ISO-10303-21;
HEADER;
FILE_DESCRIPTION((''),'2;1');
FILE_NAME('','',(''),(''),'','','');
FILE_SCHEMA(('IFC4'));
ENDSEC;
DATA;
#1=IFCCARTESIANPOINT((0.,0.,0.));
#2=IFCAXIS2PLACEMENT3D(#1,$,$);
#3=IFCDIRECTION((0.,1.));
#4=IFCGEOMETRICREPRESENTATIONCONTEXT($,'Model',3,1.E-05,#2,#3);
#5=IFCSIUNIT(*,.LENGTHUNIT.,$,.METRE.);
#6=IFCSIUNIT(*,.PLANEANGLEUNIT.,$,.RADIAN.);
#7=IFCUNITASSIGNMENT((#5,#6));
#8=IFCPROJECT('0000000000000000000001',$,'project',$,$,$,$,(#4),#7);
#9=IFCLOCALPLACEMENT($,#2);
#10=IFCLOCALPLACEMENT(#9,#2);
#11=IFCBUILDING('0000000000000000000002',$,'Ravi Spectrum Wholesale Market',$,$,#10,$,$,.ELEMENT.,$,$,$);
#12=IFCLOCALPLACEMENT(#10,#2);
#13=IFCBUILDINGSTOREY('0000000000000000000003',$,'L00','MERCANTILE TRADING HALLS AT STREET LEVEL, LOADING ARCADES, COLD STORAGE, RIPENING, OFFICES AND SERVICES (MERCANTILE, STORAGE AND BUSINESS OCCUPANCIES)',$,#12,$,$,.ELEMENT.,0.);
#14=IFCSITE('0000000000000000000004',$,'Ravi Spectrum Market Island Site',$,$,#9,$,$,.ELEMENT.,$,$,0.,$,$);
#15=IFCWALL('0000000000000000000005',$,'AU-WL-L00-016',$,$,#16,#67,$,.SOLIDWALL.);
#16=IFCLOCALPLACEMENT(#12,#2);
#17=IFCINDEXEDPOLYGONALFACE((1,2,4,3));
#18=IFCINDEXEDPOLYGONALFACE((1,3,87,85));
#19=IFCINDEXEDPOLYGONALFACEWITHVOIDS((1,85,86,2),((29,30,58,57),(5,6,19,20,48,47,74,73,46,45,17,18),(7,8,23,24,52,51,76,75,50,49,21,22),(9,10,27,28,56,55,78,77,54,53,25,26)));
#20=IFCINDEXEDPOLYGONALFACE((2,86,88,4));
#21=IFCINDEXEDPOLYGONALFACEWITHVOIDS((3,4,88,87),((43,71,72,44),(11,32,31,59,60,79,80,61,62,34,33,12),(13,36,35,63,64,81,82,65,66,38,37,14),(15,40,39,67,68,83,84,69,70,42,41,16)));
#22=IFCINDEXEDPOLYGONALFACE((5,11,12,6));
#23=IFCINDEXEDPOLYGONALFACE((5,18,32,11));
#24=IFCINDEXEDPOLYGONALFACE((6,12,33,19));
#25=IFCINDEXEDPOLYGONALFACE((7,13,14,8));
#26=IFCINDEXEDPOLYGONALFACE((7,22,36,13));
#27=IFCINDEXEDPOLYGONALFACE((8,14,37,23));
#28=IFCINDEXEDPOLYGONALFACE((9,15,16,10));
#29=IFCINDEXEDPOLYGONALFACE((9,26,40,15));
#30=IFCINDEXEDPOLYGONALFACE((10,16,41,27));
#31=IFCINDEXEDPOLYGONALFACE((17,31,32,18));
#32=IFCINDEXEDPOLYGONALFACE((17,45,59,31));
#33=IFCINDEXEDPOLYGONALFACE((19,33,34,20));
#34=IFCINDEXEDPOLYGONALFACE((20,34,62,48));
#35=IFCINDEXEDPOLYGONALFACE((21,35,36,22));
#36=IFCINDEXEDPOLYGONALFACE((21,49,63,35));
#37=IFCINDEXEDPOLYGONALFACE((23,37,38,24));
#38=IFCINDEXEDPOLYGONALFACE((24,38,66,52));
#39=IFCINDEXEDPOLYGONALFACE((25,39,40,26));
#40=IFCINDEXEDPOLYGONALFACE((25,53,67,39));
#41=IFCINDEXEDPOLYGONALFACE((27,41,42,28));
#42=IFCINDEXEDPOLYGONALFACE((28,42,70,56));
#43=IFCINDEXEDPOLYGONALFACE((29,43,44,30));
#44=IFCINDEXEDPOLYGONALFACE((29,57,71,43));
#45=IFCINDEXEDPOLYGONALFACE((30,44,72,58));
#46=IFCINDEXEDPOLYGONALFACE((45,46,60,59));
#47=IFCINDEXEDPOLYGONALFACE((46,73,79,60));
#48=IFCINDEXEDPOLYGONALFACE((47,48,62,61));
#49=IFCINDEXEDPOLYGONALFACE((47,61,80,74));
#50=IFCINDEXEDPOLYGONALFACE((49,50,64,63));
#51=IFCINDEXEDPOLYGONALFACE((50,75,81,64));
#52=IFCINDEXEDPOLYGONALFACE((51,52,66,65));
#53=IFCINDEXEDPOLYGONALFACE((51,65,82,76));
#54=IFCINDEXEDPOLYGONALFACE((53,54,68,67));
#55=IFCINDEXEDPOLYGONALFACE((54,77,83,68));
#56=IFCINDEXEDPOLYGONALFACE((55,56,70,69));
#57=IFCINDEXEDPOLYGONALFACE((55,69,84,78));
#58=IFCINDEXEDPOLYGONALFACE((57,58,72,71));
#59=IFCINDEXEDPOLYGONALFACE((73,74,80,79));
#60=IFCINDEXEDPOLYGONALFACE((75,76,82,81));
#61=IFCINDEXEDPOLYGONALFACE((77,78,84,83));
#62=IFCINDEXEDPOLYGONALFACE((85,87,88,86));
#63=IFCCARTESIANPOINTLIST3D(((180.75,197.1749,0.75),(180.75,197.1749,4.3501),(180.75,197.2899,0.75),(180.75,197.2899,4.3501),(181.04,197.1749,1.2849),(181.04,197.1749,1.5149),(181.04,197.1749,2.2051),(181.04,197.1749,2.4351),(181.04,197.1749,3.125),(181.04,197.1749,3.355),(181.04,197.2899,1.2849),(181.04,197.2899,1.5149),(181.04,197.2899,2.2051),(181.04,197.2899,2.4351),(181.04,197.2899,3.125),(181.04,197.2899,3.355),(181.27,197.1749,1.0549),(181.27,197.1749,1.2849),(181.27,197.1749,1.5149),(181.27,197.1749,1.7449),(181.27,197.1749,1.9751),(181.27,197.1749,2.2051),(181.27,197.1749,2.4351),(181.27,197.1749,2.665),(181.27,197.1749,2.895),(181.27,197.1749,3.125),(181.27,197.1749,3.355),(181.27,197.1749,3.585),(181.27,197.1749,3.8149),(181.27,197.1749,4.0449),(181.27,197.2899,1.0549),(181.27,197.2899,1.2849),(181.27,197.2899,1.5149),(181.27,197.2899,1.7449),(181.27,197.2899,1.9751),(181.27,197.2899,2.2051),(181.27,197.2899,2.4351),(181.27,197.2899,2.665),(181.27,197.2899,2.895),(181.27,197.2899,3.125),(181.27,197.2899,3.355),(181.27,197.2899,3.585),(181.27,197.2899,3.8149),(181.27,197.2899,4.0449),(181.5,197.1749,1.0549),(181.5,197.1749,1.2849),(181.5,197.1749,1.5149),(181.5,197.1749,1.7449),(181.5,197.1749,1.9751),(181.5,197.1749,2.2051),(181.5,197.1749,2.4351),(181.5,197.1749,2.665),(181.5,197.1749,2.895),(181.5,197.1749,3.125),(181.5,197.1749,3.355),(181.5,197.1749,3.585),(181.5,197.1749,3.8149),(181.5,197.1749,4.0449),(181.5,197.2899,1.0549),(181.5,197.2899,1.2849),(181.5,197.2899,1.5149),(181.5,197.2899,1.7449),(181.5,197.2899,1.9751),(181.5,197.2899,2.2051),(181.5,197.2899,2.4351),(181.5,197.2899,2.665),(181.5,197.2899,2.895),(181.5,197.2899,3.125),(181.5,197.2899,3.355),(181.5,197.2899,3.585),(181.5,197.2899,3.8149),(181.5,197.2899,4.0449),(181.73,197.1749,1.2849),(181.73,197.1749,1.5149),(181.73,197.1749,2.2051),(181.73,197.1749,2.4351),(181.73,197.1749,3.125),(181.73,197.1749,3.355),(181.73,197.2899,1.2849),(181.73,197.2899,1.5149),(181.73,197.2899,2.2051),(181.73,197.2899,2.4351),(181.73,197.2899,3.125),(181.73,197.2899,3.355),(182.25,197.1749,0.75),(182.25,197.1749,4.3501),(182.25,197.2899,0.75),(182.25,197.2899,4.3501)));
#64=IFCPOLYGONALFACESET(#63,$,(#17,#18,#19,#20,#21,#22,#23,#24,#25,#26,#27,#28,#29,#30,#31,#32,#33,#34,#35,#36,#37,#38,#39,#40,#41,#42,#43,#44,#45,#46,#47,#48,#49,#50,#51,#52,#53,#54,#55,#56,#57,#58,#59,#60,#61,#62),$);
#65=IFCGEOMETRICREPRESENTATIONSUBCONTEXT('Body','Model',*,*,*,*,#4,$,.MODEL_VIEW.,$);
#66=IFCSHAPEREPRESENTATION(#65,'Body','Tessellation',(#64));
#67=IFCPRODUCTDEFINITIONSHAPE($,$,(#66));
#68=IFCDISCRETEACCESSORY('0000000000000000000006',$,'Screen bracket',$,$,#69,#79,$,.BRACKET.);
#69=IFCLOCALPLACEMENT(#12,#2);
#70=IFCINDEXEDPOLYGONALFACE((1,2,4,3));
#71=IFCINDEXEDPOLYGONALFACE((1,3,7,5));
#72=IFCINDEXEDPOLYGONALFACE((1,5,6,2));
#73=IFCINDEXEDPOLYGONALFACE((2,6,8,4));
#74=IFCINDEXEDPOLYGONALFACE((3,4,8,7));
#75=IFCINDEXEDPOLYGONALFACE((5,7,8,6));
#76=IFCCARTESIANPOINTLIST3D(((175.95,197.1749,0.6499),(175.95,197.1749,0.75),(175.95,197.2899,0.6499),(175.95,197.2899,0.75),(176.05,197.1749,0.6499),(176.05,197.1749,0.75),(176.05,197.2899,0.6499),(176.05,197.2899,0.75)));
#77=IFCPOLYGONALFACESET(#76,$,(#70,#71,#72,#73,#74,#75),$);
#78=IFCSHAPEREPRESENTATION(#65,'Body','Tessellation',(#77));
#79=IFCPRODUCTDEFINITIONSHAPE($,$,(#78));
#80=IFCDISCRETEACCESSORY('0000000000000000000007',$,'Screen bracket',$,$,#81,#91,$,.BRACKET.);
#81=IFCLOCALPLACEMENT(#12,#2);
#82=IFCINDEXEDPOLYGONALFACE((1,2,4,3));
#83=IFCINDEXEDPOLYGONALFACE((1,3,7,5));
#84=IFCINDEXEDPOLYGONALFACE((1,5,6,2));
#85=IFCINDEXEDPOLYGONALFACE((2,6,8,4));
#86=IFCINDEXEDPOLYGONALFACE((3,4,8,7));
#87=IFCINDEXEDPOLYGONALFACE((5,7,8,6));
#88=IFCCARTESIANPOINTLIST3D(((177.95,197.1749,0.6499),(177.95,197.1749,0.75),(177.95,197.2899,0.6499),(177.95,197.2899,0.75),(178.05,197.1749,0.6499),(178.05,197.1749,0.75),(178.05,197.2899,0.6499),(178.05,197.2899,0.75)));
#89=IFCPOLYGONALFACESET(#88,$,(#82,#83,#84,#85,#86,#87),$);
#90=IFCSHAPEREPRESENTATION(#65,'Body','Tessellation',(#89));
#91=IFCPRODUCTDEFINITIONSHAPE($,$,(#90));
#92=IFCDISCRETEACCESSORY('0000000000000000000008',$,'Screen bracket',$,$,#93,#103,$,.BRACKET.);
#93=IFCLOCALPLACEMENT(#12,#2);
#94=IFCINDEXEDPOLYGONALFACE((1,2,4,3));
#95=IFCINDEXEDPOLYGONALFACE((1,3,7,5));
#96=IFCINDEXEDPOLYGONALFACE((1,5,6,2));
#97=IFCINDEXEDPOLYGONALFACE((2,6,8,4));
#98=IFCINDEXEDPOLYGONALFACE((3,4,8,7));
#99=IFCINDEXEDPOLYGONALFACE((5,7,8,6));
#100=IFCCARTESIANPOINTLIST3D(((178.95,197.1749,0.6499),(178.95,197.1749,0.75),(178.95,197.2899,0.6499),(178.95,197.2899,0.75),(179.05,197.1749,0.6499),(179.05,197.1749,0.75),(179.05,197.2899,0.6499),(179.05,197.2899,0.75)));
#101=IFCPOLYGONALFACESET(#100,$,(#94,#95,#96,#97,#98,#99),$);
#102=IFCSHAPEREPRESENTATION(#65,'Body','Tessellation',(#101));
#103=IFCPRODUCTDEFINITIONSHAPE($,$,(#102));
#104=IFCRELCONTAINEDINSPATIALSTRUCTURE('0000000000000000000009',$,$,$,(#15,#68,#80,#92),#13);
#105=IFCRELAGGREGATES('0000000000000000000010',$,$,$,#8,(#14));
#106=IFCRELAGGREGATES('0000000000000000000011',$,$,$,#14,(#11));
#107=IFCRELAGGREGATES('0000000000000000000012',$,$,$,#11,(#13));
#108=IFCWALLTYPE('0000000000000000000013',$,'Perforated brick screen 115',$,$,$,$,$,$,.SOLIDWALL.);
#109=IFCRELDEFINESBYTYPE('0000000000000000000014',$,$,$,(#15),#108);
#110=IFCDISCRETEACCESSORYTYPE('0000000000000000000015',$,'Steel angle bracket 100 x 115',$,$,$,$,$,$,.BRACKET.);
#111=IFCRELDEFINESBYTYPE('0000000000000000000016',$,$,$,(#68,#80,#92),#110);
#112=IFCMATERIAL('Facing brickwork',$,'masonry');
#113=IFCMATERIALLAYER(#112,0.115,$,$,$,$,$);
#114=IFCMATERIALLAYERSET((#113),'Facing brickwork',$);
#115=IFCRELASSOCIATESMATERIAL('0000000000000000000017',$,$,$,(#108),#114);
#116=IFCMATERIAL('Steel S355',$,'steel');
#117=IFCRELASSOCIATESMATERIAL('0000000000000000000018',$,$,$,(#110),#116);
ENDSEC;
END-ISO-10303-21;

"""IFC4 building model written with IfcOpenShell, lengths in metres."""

from ifc_helpers import new_model, si_unit, direction, frame, frame_2d, origin, origin_2d, place, context, subcontext, project, spatial, rectangle, extrude, material, layer, layer_set, type_object, element, save


model = new_model("IFC4")

# Units and contexts
model_context = context("Model", 3, precision=1e-05, world=origin(), true_north=direction((0.0, 1.0)))
body_context = subcontext(model_context, "Body", "Model", "MODEL_VIEW")
ifc_project = project(units=[si_unit("LENGTHUNIT", "METRE"), si_unit("PLANEANGLEUNIT", "RADIAN")], contexts=[model_context])

# Site, building, storey
site_placement = place(None, origin())
site = spatial("IfcSite", under=ifc_project, at=site_placement, Name="Ravi Spectrum Market Island Site", CompositionType="ELEMENT", RefElevation=0.0)
building_placement = place(site_placement, origin())
building = spatial("IfcBuilding", under=site, at=building_placement, Name="Ravi Spectrum Wholesale Market", CompositionType="ELEMENT")
storey_placement = place(building_placement, origin())
storey = spatial("IfcBuildingStorey", under=building, at=storey_placement, Name="L00", Description="MERCANTILE TRADING HALLS AT STREET LEVEL, LOADING ARCADES, COLD STORAGE, RIPENING, OFFICES AND SERVICES (MERCANTILE, STORAGE AND BUSINESS OCCUPANCIES)", CompositionType="ELEMENT", Elevation=0.0)

# Wall, openings
ifc_material_1 = material(Name="Facing brickwork", Category="masonry")
ifc_layer = layer(ifc_material_1, 0.115)
ifc_layer_set = layer_set([ifc_layer], Name="Facing brickwork")
wall_type = type_object("IfcWallType", Name="Perforated brick screen 115", PredefinedType="SOLIDWALL", material=ifc_layer_set)
wall_1_placement = place(storey_placement, frame((180.75, 197.2324, 0.75), z_axis=(0.0, 0.0, 1.0), x_axis=(1.0, 0.0, 0.0)))
wall_1 = element("IfcWall", 1, at=wall_1_placement, inside=storey, type_object=wall_type, Name="AU-WL-L00-016", PredefinedType="SOLIDWALL", context=body_context, shape_type="SweptSolid", body=[
    extrude(rectangle(XDim=1.5, YDim=0.115, at=frame_2d((0.75, 0.0))), origin(), (0.0, 0.0, 1.0), 3.6001),
])
opening_1_placement = place(wall_1_placement, frame((0.52, 0.0, 0.3049)))
element("IfcOpeningElement", 2, at=opening_1_placement, cuts=wall_1, PredefinedType="OPENING", context=body_context, shape_type="SweptSolid", body=[
    extrude(rectangle(XDim=0.23, YDim=0.23, at=frame_2d((0.115, 0.115))), frame((0.0, 0.0674, 0.0), z_axis=(0.0, -1.0, 0.0), x_axis=(1.0, 0.0, 0.0)), (0.0, 0.0, 1.0), 0.135),
])
opening_2_placement = place(wall_1_placement, frame((0.29, 0.0, 0.5349)))
element("IfcOpeningElement", 3, at=opening_2_placement, cuts=wall_1, PredefinedType="OPENING", context=body_context, shape_type="SweptSolid", body=[
    extrude(rectangle(XDim=0.23, YDim=0.23, at=frame_2d((0.115, 0.115))), frame((0.0, 0.0674, 0.0), z_axis=(0.0, -1.0, 0.0), x_axis=(1.0, 0.0, 0.0)), (0.0, 0.0, 1.0), 0.135),
])
opening_3_placement = place(wall_1_placement, frame((0.52, 0.0, 0.5349)))
element("IfcOpeningElement", 4, at=opening_3_placement, cuts=wall_1, PredefinedType="OPENING", context=body_context, shape_type="SweptSolid", body=[
    extrude(rectangle(XDim=0.23, YDim=0.23, at=frame_2d((0.115, 0.115))), frame((0.0, 0.0674, 0.0), z_axis=(0.0, -1.0, 0.0), x_axis=(1.0, 0.0, 0.0)), (0.0, 0.0, 1.0), 0.135),
])
opening_4_placement = place(wall_1_placement, frame((0.75, 0.0, 0.5349)))
element("IfcOpeningElement", 5, at=opening_4_placement, cuts=wall_1, PredefinedType="OPENING", context=body_context, shape_type="SweptSolid", body=[
    extrude(rectangle(XDim=0.23, YDim=0.23, at=frame_2d((0.115, 0.115))), frame((0.0, 0.0674, 0.0), z_axis=(0.0, -1.0, 0.0), x_axis=(1.0, 0.0, 0.0)), (0.0, 0.0, 1.0), 0.135),
])
opening_5_placement = place(wall_1_placement, frame((0.52, 0.0, 0.7649)))
element("IfcOpeningElement", 6, at=opening_5_placement, cuts=wall_1, PredefinedType="OPENING", context=body_context, shape_type="SweptSolid", body=[
    extrude(rectangle(XDim=0.23, YDim=0.23, at=frame_2d((0.115, 0.115))), frame((0.0, 0.0674, 0.0), z_axis=(0.0, -1.0, 0.0), x_axis=(1.0, 0.0, 0.0)), (0.0, 0.0, 1.0), 0.135),
])
opening_6_placement = place(wall_1_placement, frame((0.52, 0.0, 1.2251)))
element("IfcOpeningElement", 7, at=opening_6_placement, cuts=wall_1, PredefinedType="OPENING", context=body_context, shape_type="SweptSolid", body=[
    extrude(rectangle(XDim=0.23, YDim=0.23, at=frame_2d((0.115, 0.115))), frame((0.0, 0.0674, 0.0), z_axis=(0.0, -1.0, 0.0), x_axis=(1.0, 0.0, 0.0)), (0.0, 0.0, 1.0), 0.135),
])
opening_7_placement = place(wall_1_placement, frame((0.29, 0.0, 1.4551)))
element("IfcOpeningElement", 8, at=opening_7_placement, cuts=wall_1, PredefinedType="OPENING", context=body_context, shape_type="SweptSolid", body=[
    extrude(rectangle(XDim=0.23, YDim=0.23, at=frame_2d((0.115, 0.115))), frame((0.0, 0.0674, 0.0), z_axis=(0.0, -1.0, 0.0), x_axis=(1.0, 0.0, 0.0)), (0.0, 0.0, 1.0), 0.135),
])
opening_8_placement = place(wall_1_placement, frame((0.52, 0.0, 1.4551)))
element("IfcOpeningElement", 9, at=opening_8_placement, cuts=wall_1, PredefinedType="OPENING", context=body_context, shape_type="SweptSolid", body=[
    extrude(rectangle(XDim=0.23, YDim=0.23, at=frame_2d((0.115, 0.115))), frame((0.0, 0.0674, 0.0), z_axis=(0.0, -1.0, 0.0), x_axis=(1.0, 0.0, 0.0)), (0.0, 0.0, 1.0), 0.135),
])
opening_9_placement = place(wall_1_placement, frame((0.75, 0.0, 1.4551)))
element("IfcOpeningElement", 10, at=opening_9_placement, cuts=wall_1, PredefinedType="OPENING", context=body_context, shape_type="SweptSolid", body=[
    extrude(rectangle(XDim=0.23, YDim=0.23, at=frame_2d((0.115, 0.115))), frame((0.0, 0.0674, 0.0), z_axis=(0.0, -1.0, 0.0), x_axis=(1.0, 0.0, 0.0)), (0.0, 0.0, 1.0), 0.135),
])
opening_10_placement = place(wall_1_placement, frame((0.52, 0.0, 1.6851)))
element("IfcOpeningElement", 11, at=opening_10_placement, cuts=wall_1, PredefinedType="OPENING", context=body_context, shape_type="SweptSolid", body=[
    extrude(rectangle(XDim=0.23, YDim=0.23, at=frame_2d((0.115, 0.115))), frame((0.0, 0.0674, 0.0), z_axis=(0.0, -1.0, 0.0), x_axis=(1.0, 0.0, 0.0)), (0.0, 0.0, 1.0), 0.135),
])
opening_11_placement = place(wall_1_placement, frame((0.52, 0.0, 2.145)))
element("IfcOpeningElement", 12, at=opening_11_placement, cuts=wall_1, PredefinedType="OPENING", context=body_context, shape_type="SweptSolid", body=[
    extrude(rectangle(XDim=0.23, YDim=0.23, at=frame_2d((0.115, 0.115))), frame((0.0, 0.0674, 0.0), z_axis=(0.0, -1.0, 0.0), x_axis=(1.0, 0.0, 0.0)), (0.0, 0.0, 1.0), 0.135),
])
opening_12_placement = place(wall_1_placement, frame((0.29, 0.0, 2.375)))
element("IfcOpeningElement", 13, at=opening_12_placement, cuts=wall_1, PredefinedType="OPENING", context=body_context, shape_type="SweptSolid", body=[
    extrude(rectangle(XDim=0.23, YDim=0.23, at=frame_2d((0.115, 0.115))), frame((0.0, 0.0674, 0.0), z_axis=(0.0, -1.0, 0.0), x_axis=(1.0, 0.0, 0.0)), (0.0, 0.0, 1.0), 0.135),
])
opening_13_placement = place(wall_1_placement, frame((0.52, 0.0, 2.375)))
element("IfcOpeningElement", 14, at=opening_13_placement, cuts=wall_1, PredefinedType="OPENING", context=body_context, shape_type="SweptSolid", body=[
    extrude(rectangle(XDim=0.23, YDim=0.23, at=frame_2d((0.115, 0.115))), frame((0.0, 0.0674, 0.0), z_axis=(0.0, -1.0, 0.0), x_axis=(1.0, 0.0, 0.0)), (0.0, 0.0, 1.0), 0.135),
])
opening_14_placement = place(wall_1_placement, frame((0.75, 0.0, 2.375)))
element("IfcOpeningElement", 15, at=opening_14_placement, cuts=wall_1, PredefinedType="OPENING", context=body_context, shape_type="SweptSolid", body=[
    extrude(rectangle(XDim=0.23, YDim=0.23, at=frame_2d((0.115, 0.115))), frame((0.0, 0.0674, 0.0), z_axis=(0.0, -1.0, 0.0), x_axis=(1.0, 0.0, 0.0)), (0.0, 0.0, 1.0), 0.135),
])
opening_15_placement = place(wall_1_placement, frame((0.52, 0.0, 2.605)))
element("IfcOpeningElement", 16, at=opening_15_placement, cuts=wall_1, PredefinedType="OPENING", context=body_context, shape_type="SweptSolid", body=[
    extrude(rectangle(XDim=0.23, YDim=0.23, at=frame_2d((0.115, 0.115))), frame((0.0, 0.0674, 0.0), z_axis=(0.0, -1.0, 0.0), x_axis=(1.0, 0.0, 0.0)), (0.0, 0.0, 1.0), 0.135),
])
opening_16_placement = place(wall_1_placement, frame((0.52, 0.0, 3.0649)))
element("IfcOpeningElement", 17, at=opening_16_placement, cuts=wall_1, PredefinedType="OPENING", context=body_context, shape_type="SweptSolid", body=[
    extrude(rectangle(XDim=0.23, YDim=0.23, at=frame_2d((0.115, 0.115))), frame((0.0, 0.0674, 0.0), z_axis=(0.0, -1.0, 0.0), x_axis=(1.0, 0.0, 0.0)), (0.0, 0.0, 1.0), 0.135),
])

# Discrete accessories
ifc_material_2 = material(Name="Steel S355", Category="steel")
discrete_accessory_type = type_object("IfcDiscreteAccessoryType", Name="Steel angle bracket 100 x 115", PredefinedType="BRACKET", material=ifc_material_2)
for number, where, z_axis, x_axis, name in (
    (18, (176.0, 197.2324, 0.6499), (0.0, 0.0, 1.0), (1.0, 0.0, 0.0), "Screen bracket"),
    (19, (178.0, 197.2324, 0.6499), (0.0, 0.0, 1.0), (1.0, 0.0, 0.0), "Screen bracket"),
    (20, (179.0, 197.2324, 0.6499), (0.0, 0.0, 1.0), (1.0, 0.0, 0.0), "Screen bracket"),
):
    element("IfcDiscreteAccessory", number, at=place(storey_placement, frame(where, z_axis=z_axis, x_axis=x_axis)), inside=storey, type_object=discrete_accessory_type, Name=name, PredefinedType="BRACKET", context=body_context, shape_type="SweptSolid", body=[
        extrude(rectangle(XDim=0.1001, YDim=0.115, at=origin_2d()), origin(), (0.0, 0.0, 1.0), 0.1001),
    ])

save(model, "model.ifc")
